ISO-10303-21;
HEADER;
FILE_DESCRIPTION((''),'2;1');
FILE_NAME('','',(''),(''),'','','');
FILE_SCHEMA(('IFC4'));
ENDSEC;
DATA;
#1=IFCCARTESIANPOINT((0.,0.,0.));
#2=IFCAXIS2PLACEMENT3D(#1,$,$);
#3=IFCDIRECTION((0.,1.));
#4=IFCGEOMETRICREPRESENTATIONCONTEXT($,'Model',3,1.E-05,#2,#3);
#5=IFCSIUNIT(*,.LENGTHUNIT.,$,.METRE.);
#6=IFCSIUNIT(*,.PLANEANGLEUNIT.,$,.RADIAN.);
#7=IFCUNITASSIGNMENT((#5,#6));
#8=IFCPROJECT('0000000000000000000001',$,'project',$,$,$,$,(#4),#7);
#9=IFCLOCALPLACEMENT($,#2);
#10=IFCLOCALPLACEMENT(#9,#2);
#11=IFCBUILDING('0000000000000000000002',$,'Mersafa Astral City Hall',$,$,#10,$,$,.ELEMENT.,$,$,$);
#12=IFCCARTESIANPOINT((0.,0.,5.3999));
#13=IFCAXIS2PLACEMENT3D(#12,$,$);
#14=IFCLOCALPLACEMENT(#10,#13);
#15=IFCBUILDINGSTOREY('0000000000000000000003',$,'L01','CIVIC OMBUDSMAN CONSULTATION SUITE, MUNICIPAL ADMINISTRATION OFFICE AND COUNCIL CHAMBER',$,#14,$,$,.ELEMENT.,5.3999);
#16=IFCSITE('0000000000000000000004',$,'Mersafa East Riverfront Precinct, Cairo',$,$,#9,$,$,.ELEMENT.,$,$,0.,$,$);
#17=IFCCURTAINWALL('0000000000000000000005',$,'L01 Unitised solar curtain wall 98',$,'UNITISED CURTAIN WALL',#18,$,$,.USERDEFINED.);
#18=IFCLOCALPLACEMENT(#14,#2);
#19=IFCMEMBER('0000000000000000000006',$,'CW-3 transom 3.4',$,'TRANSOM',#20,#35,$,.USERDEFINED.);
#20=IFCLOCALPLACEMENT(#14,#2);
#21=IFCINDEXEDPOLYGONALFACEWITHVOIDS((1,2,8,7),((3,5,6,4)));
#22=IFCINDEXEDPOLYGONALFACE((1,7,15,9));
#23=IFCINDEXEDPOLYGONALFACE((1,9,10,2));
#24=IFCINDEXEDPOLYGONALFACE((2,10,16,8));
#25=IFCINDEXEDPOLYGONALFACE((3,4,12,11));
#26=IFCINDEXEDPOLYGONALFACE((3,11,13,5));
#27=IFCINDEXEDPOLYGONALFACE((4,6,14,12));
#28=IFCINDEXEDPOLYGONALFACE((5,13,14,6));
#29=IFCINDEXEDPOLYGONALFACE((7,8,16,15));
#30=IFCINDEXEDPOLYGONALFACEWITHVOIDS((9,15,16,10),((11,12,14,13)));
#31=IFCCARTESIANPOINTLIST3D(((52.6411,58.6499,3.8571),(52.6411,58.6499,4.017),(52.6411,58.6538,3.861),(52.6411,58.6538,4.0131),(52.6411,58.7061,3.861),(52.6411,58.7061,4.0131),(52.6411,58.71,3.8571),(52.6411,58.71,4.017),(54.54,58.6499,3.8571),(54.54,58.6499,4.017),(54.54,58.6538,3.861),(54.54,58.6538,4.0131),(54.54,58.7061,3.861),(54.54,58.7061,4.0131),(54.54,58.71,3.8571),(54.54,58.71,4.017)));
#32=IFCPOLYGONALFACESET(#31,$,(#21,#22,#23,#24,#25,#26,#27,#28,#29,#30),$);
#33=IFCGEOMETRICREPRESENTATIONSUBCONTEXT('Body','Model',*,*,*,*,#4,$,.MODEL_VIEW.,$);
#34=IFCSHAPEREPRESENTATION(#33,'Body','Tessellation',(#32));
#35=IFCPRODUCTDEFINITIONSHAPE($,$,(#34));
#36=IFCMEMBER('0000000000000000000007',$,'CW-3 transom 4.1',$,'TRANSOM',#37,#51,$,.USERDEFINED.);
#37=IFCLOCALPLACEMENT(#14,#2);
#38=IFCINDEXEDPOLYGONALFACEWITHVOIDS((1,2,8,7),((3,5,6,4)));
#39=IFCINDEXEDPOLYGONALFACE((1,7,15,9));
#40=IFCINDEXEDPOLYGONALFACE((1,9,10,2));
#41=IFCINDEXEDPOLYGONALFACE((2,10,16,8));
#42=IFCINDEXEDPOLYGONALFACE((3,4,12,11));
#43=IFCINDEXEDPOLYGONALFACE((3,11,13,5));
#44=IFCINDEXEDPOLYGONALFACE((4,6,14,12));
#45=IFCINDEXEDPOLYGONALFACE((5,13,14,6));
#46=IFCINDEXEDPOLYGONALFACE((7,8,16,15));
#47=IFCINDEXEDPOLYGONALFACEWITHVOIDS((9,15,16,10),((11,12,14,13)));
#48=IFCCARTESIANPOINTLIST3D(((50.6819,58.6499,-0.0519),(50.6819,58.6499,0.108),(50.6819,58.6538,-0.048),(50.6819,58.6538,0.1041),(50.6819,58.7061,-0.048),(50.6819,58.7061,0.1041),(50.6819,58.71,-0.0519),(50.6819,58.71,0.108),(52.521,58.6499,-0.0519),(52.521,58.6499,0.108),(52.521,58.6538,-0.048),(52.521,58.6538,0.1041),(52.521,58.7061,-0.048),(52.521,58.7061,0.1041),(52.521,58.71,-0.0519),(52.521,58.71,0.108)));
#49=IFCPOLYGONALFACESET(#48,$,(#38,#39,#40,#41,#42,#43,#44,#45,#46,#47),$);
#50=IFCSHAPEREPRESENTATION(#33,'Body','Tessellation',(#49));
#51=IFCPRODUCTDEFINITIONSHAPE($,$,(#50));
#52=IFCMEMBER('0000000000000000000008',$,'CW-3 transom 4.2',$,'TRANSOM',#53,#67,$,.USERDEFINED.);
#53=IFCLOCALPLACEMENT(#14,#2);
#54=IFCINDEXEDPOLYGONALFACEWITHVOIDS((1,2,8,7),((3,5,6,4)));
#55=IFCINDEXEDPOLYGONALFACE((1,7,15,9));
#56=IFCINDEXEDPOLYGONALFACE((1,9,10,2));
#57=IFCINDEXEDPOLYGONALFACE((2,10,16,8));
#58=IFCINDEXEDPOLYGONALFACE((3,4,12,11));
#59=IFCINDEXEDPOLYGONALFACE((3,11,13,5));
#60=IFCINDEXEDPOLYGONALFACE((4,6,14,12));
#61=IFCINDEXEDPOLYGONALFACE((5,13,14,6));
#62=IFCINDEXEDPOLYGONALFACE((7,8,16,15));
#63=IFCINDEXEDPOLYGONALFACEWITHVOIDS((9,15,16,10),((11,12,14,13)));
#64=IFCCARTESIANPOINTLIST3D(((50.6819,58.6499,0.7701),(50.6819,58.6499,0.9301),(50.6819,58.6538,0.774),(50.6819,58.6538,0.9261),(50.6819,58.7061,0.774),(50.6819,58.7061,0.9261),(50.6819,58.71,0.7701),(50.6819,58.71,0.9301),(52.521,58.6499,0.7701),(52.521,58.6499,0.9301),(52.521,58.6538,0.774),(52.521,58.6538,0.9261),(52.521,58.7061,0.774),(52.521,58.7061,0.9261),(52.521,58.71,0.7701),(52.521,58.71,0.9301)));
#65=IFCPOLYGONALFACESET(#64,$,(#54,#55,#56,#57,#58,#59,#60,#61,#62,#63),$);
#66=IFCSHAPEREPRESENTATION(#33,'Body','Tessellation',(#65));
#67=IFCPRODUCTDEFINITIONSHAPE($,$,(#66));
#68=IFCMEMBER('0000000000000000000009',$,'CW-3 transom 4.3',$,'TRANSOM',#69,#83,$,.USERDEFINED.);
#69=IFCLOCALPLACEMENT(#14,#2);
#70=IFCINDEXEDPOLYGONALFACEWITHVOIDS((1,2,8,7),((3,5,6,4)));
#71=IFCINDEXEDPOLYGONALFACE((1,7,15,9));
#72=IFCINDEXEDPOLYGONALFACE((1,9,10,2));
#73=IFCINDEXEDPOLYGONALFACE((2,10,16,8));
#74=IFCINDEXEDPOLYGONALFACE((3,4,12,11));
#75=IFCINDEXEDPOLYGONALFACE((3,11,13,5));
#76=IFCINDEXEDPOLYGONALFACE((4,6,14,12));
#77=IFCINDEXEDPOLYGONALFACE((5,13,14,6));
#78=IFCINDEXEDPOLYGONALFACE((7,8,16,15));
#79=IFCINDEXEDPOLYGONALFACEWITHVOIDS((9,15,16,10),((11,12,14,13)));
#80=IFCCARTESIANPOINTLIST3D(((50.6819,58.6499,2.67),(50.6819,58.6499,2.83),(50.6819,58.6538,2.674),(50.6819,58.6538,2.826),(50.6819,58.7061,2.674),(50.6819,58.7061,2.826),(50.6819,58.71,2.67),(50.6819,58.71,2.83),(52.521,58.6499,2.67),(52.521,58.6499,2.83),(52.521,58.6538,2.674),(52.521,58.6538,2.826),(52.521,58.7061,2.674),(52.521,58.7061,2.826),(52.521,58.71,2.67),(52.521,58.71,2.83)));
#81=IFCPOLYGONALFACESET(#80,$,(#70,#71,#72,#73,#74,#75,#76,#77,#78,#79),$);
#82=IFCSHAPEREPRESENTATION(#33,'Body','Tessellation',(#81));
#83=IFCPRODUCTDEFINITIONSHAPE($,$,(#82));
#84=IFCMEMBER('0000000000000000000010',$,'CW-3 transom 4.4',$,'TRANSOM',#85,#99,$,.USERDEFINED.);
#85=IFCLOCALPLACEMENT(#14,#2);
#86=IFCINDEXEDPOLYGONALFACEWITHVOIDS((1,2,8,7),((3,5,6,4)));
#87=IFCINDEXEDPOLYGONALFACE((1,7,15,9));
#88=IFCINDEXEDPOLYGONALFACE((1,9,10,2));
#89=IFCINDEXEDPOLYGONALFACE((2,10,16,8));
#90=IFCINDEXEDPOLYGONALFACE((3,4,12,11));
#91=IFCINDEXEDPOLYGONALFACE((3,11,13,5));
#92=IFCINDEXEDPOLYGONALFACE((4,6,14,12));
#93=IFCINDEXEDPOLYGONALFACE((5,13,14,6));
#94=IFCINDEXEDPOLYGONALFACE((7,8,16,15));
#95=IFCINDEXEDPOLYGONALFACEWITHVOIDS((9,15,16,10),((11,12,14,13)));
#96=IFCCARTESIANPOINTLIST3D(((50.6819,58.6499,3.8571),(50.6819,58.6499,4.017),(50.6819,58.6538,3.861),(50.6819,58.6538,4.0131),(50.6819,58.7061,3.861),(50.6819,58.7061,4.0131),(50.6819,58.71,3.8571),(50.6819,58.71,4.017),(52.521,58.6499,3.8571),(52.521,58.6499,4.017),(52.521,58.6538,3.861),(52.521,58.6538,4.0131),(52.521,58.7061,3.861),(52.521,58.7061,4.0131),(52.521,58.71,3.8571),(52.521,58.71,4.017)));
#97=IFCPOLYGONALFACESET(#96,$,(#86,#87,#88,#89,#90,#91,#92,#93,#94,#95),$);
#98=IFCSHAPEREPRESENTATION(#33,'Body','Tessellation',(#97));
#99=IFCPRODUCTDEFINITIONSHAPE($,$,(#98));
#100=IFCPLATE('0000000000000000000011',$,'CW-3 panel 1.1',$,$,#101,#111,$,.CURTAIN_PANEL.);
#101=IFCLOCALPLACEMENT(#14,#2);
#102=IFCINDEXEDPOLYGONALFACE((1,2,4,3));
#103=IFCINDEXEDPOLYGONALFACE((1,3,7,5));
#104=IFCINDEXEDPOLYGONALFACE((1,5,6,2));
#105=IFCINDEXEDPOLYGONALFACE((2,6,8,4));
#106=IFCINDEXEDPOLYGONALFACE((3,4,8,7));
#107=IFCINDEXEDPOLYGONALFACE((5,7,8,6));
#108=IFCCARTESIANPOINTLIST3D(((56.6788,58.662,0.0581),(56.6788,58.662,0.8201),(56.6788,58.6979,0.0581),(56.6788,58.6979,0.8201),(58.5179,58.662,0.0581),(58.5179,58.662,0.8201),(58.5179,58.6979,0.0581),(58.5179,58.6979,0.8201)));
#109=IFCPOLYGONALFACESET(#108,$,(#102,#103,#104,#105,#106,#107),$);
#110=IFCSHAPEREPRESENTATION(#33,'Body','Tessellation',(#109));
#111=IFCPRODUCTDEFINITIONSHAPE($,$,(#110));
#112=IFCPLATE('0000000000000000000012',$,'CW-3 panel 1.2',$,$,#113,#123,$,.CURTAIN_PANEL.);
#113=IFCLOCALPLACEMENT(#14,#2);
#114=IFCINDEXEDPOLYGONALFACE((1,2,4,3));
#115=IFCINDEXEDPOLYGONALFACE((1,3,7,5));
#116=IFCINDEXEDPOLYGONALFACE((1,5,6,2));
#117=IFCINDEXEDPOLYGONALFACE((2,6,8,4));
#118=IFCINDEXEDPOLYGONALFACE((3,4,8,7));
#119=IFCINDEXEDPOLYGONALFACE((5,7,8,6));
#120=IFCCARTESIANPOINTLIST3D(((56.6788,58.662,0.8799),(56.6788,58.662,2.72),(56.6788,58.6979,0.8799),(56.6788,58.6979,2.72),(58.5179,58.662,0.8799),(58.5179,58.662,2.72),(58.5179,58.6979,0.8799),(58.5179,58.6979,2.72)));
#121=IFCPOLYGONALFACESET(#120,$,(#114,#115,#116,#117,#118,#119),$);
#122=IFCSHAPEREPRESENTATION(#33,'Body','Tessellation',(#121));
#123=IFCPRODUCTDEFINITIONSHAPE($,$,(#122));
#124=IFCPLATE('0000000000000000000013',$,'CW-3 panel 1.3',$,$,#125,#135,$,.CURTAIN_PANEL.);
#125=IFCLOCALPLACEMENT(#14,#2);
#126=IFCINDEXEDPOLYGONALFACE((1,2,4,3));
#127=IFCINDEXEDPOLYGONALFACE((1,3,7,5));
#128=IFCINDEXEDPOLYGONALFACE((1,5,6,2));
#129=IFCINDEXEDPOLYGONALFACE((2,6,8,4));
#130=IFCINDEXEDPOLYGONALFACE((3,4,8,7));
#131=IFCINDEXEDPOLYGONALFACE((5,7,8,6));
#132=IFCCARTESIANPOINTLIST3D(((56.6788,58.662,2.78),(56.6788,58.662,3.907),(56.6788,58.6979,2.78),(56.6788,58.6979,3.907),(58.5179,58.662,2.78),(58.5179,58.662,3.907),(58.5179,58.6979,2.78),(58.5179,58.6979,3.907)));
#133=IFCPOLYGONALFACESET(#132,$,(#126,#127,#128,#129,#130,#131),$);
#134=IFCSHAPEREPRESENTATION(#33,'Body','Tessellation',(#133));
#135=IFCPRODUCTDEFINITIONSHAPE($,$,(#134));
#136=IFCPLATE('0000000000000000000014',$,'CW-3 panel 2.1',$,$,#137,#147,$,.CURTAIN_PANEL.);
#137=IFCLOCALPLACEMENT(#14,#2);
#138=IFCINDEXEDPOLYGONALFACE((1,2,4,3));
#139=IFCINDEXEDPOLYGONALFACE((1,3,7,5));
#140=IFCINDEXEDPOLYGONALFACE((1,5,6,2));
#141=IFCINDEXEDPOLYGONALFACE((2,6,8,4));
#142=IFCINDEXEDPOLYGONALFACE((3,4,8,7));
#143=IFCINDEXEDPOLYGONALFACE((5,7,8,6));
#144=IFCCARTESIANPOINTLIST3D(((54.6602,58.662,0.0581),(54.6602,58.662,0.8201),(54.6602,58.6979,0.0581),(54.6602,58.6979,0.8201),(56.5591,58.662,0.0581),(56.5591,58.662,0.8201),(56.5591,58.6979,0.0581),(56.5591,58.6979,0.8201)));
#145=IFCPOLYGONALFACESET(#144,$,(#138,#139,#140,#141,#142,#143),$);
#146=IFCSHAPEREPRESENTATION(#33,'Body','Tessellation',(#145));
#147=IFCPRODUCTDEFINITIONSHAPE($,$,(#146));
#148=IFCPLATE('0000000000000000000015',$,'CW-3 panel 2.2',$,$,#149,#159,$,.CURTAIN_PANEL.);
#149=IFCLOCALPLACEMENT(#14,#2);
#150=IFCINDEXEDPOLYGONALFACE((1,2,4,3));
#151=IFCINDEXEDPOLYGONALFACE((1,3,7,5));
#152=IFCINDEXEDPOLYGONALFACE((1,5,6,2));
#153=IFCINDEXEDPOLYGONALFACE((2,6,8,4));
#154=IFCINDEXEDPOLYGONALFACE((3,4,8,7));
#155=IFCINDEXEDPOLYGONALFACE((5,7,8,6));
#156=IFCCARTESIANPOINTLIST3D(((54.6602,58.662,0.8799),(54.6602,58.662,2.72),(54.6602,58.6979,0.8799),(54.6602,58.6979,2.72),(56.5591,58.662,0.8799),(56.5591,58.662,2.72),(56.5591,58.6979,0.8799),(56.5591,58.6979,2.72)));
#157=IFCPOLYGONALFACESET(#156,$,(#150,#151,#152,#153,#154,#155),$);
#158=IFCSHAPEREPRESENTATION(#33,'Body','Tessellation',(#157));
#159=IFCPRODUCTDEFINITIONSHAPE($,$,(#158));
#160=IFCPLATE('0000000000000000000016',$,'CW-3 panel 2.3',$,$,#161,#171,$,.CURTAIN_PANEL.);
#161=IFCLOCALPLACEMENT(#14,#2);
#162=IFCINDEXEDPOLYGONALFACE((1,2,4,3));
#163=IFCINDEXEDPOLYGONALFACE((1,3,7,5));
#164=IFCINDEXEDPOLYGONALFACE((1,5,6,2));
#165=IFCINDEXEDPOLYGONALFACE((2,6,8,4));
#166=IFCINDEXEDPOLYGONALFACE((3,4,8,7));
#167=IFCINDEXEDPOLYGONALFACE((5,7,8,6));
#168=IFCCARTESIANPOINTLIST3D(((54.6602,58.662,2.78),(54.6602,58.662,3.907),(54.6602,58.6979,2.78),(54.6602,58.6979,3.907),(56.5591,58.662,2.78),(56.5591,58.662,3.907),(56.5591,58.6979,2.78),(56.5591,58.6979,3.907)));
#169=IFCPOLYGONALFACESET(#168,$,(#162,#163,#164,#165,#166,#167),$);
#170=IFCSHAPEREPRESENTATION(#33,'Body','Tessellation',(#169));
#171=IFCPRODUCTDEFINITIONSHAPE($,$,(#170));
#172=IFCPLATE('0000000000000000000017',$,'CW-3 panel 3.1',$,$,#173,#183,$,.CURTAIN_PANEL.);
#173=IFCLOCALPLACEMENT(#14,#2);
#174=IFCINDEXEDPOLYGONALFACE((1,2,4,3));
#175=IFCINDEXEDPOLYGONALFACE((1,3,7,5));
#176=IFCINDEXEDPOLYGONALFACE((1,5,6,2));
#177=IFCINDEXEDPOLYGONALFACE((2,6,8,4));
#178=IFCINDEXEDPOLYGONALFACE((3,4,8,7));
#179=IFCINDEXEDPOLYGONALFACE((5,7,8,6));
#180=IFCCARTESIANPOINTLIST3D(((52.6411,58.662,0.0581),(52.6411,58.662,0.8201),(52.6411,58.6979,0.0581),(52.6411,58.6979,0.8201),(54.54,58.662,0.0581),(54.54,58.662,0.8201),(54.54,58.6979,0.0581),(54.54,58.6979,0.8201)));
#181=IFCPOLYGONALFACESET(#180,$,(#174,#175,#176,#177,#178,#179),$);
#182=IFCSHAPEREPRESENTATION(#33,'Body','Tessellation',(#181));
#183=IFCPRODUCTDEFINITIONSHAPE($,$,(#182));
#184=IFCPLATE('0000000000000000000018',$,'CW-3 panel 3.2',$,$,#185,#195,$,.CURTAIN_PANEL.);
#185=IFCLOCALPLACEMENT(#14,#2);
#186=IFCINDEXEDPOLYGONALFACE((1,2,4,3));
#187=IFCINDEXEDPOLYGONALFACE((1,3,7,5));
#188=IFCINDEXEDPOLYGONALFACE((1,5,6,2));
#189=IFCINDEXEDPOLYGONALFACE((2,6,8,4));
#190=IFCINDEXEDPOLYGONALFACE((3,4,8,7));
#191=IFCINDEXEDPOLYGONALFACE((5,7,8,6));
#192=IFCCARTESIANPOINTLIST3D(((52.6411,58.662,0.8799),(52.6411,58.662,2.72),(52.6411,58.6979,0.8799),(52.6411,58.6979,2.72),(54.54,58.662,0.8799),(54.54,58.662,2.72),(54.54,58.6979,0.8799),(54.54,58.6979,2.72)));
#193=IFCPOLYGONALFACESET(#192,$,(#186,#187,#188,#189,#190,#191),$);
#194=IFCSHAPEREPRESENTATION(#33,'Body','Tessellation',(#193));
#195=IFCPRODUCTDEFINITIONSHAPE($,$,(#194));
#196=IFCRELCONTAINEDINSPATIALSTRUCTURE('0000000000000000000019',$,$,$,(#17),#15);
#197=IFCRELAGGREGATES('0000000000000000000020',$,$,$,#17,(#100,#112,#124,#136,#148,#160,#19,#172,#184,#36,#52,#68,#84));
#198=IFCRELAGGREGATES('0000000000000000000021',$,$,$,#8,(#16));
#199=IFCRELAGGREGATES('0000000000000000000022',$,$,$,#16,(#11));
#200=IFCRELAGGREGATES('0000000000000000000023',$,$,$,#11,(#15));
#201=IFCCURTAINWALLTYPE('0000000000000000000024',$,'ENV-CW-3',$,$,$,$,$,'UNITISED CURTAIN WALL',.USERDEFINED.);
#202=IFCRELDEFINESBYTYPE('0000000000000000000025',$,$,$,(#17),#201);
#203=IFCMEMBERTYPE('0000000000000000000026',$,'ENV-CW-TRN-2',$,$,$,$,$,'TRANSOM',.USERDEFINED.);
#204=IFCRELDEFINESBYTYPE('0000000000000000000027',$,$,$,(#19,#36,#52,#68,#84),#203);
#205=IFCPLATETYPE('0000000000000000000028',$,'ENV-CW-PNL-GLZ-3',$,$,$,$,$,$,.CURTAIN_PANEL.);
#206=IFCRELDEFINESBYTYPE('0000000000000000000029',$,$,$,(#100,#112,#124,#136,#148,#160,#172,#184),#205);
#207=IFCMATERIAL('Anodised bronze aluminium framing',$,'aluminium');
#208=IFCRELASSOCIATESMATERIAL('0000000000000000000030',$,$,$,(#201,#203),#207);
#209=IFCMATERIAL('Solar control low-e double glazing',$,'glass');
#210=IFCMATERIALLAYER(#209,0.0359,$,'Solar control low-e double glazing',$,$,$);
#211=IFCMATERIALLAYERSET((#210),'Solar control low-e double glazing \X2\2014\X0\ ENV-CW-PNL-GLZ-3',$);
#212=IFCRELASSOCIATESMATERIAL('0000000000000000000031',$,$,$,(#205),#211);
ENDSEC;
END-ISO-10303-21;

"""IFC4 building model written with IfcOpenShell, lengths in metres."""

from ifc_helpers import new_model, si_unit, direction, frame, origin, origin_2d, place, context, subcontext, project, spatial, rectangle, hollow_rectangle, extrude, material, layer, layer_set, material_profile, profile_set, type_object, element, aggregate, save


model = new_model("IFC4")

# Units and contexts
model_context = context("Model", 3, precision=1e-05, world=origin(), true_north=direction((0.0, 1.0)))
body_context = subcontext(model_context, "Body", "Model", "MODEL_VIEW")
ifc_project = project(units=[si_unit("LENGTHUNIT", "METRE"), si_unit("PLANEANGLEUNIT", "RADIAN")], contexts=[model_context])

# Site, building, storey
site_placement = place(None, origin())
site = spatial("IfcSite", under=ifc_project, at=site_placement, Name="Mersafa East Riverfront Precinct, Cairo", CompositionType="ELEMENT", RefElevation=0.0)
building_placement = place(site_placement, origin())
building = spatial("IfcBuilding", under=site, at=building_placement, Name="Mersafa Astral City Hall", CompositionType="ELEMENT")
storey_placement = place(building_placement, frame((0.0, 0.0, 5.3999)))
storey = spatial("IfcBuildingStorey", under=building, at=storey_placement, Name="L01", Description="CIVIC OMBUDSMAN CONSULTATION SUITE, MUNICIPAL ADMINISTRATION OFFICE AND COUNCIL CHAMBER", CompositionType="ELEMENT", Elevation=5.3999)

# Curtain wall, members, plates
ifc_material_1 = material(Name="Anodised bronze aluminium framing", Category="aluminium")
curtain_wall_type = type_object("IfcCurtainWallType", Name="ENV-CW-3", ElementType="UNITISED CURTAIN WALL", PredefinedType="USERDEFINED", material=ifc_material_1)
curtain_wall_placement = place(storey_placement, origin())
curtain_wall = element("IfcCurtainWall", 1, at=curtain_wall_placement, inside=storey, type_object=curtain_wall_type, Name="L01 Unitised solar curtain wall 98", ObjectType="UNITISED CURTAIN WALL", PredefinedType="USERDEFINED")
ifc_material_profile_1 = material_profile(ifc_material_1, hollow_rectangle(XDim=0.0601, YDim=0.1599, WallThickness=0.0039, at=origin_2d()), Name="RHS 60x160x4")
ifc_profile_set_1 = profile_set([ifc_material_profile_1], Name="Anodised bronze aluminium framing")
member_type_1 = type_object("IfcMemberType", Name="ENV-CW-TRN-2", ElementType="TRANSOM", PredefinedType="USERDEFINED", material=ifc_profile_set_1)
member_1_placement = place(storey_placement, frame((54.54, 58.6799, 3.937), z_axis=(-1.0, 0.0, 0.0), x_axis=(0.0, -1.0, 0.0)))
member_1 = element("IfcMember", 2, at=member_1_placement, type_object=member_type_1, Name="CW-3 transom 3.4", ObjectType="TRANSOM", PredefinedType="USERDEFINED", context=body_context, shape_type="SweptSolid", body=[
    extrude(hollow_rectangle(XDim=0.0601, YDim=0.1599, WallThickness=0.0039, at=origin_2d()), origin(), (0.0, 0.0, 1.0), 1.8989),
])
member_2_placement = place(storey_placement, frame((52.521, 58.6799, 0.0281), z_axis=(-1.0, 0.0, 0.0), x_axis=(0.0, -1.0, 0.0)))
member_2 = element("IfcMember", 3, at=member_2_placement, type_object=member_type_1, Name="CW-3 transom 4.1", ObjectType="TRANSOM", PredefinedType="USERDEFINED", context=body_context, shape_type="SweptSolid", body=[
    extrude(hollow_rectangle(XDim=0.0601, YDim=0.1599, WallThickness=0.0039, at=origin_2d()), origin(), (0.0, 0.0, 1.0), 1.8391),
])
member_3_placement = place(storey_placement, frame((52.521, 58.6799, 0.8501), z_axis=(-1.0, 0.0, 0.0), x_axis=(0.0, -1.0, 0.0)))
member_3 = element("IfcMember", 4, at=member_3_placement, type_object=member_type_1, Name="CW-3 transom 4.2", ObjectType="TRANSOM", PredefinedType="USERDEFINED", context=body_context, shape_type="SweptSolid", body=[
    extrude(hollow_rectangle(XDim=0.0601, YDim=0.1599, WallThickness=0.0039, at=origin_2d()), origin(), (0.0, 0.0, 1.0), 1.8391),
])
member_4_placement = place(storey_placement, frame((52.521, 58.6799, 2.75), z_axis=(-1.0, 0.0, 0.0), x_axis=(0.0, -1.0, 0.0)))
member_4 = element("IfcMember", 5, at=member_4_placement, type_object=member_type_1, Name="CW-3 transom 4.3", ObjectType="TRANSOM", PredefinedType="USERDEFINED", context=body_context, shape_type="SweptSolid", body=[
    extrude(hollow_rectangle(XDim=0.0601, YDim=0.1599, WallThickness=0.0039, at=origin_2d()), origin(), (0.0, 0.0, 1.0), 1.8391),
])
member_5_placement = place(storey_placement, frame((52.521, 58.6799, 3.937), z_axis=(-1.0, 0.0, 0.0), x_axis=(0.0, -1.0, 0.0)))
member_5 = element("IfcMember", 6, at=member_5_placement, type_object=member_type_1, Name="CW-3 transom 4.4", ObjectType="TRANSOM", PredefinedType="USERDEFINED", context=body_context, shape_type="SweptSolid", body=[
    extrude(hollow_rectangle(XDim=0.0601, YDim=0.1599, WallThickness=0.0039, at=origin_2d()), origin(), (0.0, 0.0, 1.0), 1.8391),
])
ifc_material_2 = material(Name="Solar control low-e double glazing", Category="glass")
ifc_layer_1 = layer(ifc_material_2, 0.0359, Name="Solar control low-e double glazing")
ifc_layer_set_1 = layer_set([ifc_layer_1], Name="Solar control low-e double glazing — ENV-CW-PNL-GLZ-3")
plate_type = type_object("IfcPlateType", Name="ENV-CW-PNL-GLZ-3", PredefinedType="CURTAIN_PANEL", material=ifc_layer_set_1)
plate_1_placement = place(storey_placement, frame((57.5984, 58.6799, 0.0581), z_axis=(0.0, 0.0, 1.0), x_axis=(-1.0, 0.0, 0.0)))
plate_1 = element("IfcPlate", 7, at=plate_1_placement, type_object=plate_type, Name="CW-3 panel 1.1", PredefinedType="CURTAIN_PANEL", context=body_context, shape_type="SweptSolid", body=[
    extrude(rectangle(XDim=1.8391, YDim=0.0359, at=origin_2d()), origin(), (0.0, 0.0, 1.0), 0.762),
])
plate_2_placement = place(storey_placement, frame((57.5984, 58.6799, 0.8799), z_axis=(0.0, 0.0, 1.0), x_axis=(-1.0, 0.0, 0.0)))
plate_2 = element("IfcPlate", 8, at=plate_2_placement, type_object=plate_type, Name="CW-3 panel 1.2", PredefinedType="CURTAIN_PANEL", context=body_context, shape_type="SweptSolid", body=[
    extrude(rectangle(XDim=1.8391, YDim=0.0359, at=origin_2d()), origin(), (0.0, 0.0, 1.0), 1.8401),
])
plate_3_placement = place(storey_placement, frame((57.5984, 58.6799, 2.78), z_axis=(0.0, 0.0, 1.0), x_axis=(-1.0, 0.0, 0.0)))
plate_3 = element("IfcPlate", 9, at=plate_3_placement, type_object=plate_type, Name="CW-3 panel 1.3", PredefinedType="CURTAIN_PANEL", context=body_context, shape_type="SweptSolid", body=[
    extrude(rectangle(XDim=1.8391, YDim=0.0359, at=origin_2d()), origin(), (0.0, 0.0, 1.0), 1.127),
])
plate_4_placement = place(storey_placement, frame((55.6096, 58.6799, 0.0581), z_axis=(0.0, 0.0, 1.0), x_axis=(-1.0, 0.0, 0.0)))
plate_4 = element("IfcPlate", 10, at=plate_4_placement, type_object=plate_type, Name="CW-3 panel 2.1", PredefinedType="CURTAIN_PANEL", context=body_context, shape_type="SweptSolid", body=[
    extrude(rectangle(XDim=1.8989, YDim=0.0359, at=origin_2d()), origin(), (0.0, 0.0, 1.0), 0.762),
])
plate_5_placement = place(storey_placement, frame((55.6096, 58.6799, 0.8799), z_axis=(0.0, 0.0, 1.0), x_axis=(-1.0, 0.0, 0.0)))
plate_5 = element("IfcPlate", 11, at=plate_5_placement, type_object=plate_type, Name="CW-3 panel 2.2", PredefinedType="CURTAIN_PANEL", context=body_context, shape_type="SweptSolid", body=[
    extrude(rectangle(XDim=1.8989, YDim=0.0359, at=origin_2d()), origin(), (0.0, 0.0, 1.0), 1.8401),
])
plate_6_placement = place(storey_placement, frame((55.6096, 58.6799, 2.78), z_axis=(0.0, 0.0, 1.0), x_axis=(-1.0, 0.0, 0.0)))
plate_6 = element("IfcPlate", 12, at=plate_6_placement, type_object=plate_type, Name="CW-3 panel 2.3", PredefinedType="CURTAIN_PANEL", context=body_context, shape_type="SweptSolid", body=[
    extrude(rectangle(XDim=1.8989, YDim=0.0359, at=origin_2d()), origin(), (0.0, 0.0, 1.0), 1.127),
])
plate_7_placement = place(storey_placement, frame((53.5906, 58.6799, 0.0581), z_axis=(0.0, 0.0, 1.0), x_axis=(-1.0, 0.0, 0.0)))
plate_7 = element("IfcPlate", 13, at=plate_7_placement, type_object=plate_type, Name="CW-3 panel 3.1", PredefinedType="CURTAIN_PANEL", context=body_context, shape_type="SweptSolid", body=[
    extrude(rectangle(XDim=1.8989, YDim=0.0359, at=origin_2d()), origin(), (0.0, 0.0, 1.0), 0.762),
])
plate_8_placement = place(storey_placement, frame((53.5906, 58.6799, 0.8799), z_axis=(0.0, 0.0, 1.0), x_axis=(-1.0, 0.0, 0.0)))
plate_8 = element("IfcPlate", 14, at=plate_8_placement, type_object=plate_type, Name="CW-3 panel 3.2", PredefinedType="CURTAIN_PANEL", context=body_context, shape_type="SweptSolid", body=[
    extrude(rectangle(XDim=1.8989, YDim=0.0359, at=origin_2d()), origin(), (0.0, 0.0, 1.0), 1.8401),
])
aggregate(curtain_wall, [plate_1, plate_2, plate_3, plate_4, plate_5, plate_6, member_1, plate_7, plate_8, member_2, member_3, member_4, member_5])

save(model, "model.ifc")
